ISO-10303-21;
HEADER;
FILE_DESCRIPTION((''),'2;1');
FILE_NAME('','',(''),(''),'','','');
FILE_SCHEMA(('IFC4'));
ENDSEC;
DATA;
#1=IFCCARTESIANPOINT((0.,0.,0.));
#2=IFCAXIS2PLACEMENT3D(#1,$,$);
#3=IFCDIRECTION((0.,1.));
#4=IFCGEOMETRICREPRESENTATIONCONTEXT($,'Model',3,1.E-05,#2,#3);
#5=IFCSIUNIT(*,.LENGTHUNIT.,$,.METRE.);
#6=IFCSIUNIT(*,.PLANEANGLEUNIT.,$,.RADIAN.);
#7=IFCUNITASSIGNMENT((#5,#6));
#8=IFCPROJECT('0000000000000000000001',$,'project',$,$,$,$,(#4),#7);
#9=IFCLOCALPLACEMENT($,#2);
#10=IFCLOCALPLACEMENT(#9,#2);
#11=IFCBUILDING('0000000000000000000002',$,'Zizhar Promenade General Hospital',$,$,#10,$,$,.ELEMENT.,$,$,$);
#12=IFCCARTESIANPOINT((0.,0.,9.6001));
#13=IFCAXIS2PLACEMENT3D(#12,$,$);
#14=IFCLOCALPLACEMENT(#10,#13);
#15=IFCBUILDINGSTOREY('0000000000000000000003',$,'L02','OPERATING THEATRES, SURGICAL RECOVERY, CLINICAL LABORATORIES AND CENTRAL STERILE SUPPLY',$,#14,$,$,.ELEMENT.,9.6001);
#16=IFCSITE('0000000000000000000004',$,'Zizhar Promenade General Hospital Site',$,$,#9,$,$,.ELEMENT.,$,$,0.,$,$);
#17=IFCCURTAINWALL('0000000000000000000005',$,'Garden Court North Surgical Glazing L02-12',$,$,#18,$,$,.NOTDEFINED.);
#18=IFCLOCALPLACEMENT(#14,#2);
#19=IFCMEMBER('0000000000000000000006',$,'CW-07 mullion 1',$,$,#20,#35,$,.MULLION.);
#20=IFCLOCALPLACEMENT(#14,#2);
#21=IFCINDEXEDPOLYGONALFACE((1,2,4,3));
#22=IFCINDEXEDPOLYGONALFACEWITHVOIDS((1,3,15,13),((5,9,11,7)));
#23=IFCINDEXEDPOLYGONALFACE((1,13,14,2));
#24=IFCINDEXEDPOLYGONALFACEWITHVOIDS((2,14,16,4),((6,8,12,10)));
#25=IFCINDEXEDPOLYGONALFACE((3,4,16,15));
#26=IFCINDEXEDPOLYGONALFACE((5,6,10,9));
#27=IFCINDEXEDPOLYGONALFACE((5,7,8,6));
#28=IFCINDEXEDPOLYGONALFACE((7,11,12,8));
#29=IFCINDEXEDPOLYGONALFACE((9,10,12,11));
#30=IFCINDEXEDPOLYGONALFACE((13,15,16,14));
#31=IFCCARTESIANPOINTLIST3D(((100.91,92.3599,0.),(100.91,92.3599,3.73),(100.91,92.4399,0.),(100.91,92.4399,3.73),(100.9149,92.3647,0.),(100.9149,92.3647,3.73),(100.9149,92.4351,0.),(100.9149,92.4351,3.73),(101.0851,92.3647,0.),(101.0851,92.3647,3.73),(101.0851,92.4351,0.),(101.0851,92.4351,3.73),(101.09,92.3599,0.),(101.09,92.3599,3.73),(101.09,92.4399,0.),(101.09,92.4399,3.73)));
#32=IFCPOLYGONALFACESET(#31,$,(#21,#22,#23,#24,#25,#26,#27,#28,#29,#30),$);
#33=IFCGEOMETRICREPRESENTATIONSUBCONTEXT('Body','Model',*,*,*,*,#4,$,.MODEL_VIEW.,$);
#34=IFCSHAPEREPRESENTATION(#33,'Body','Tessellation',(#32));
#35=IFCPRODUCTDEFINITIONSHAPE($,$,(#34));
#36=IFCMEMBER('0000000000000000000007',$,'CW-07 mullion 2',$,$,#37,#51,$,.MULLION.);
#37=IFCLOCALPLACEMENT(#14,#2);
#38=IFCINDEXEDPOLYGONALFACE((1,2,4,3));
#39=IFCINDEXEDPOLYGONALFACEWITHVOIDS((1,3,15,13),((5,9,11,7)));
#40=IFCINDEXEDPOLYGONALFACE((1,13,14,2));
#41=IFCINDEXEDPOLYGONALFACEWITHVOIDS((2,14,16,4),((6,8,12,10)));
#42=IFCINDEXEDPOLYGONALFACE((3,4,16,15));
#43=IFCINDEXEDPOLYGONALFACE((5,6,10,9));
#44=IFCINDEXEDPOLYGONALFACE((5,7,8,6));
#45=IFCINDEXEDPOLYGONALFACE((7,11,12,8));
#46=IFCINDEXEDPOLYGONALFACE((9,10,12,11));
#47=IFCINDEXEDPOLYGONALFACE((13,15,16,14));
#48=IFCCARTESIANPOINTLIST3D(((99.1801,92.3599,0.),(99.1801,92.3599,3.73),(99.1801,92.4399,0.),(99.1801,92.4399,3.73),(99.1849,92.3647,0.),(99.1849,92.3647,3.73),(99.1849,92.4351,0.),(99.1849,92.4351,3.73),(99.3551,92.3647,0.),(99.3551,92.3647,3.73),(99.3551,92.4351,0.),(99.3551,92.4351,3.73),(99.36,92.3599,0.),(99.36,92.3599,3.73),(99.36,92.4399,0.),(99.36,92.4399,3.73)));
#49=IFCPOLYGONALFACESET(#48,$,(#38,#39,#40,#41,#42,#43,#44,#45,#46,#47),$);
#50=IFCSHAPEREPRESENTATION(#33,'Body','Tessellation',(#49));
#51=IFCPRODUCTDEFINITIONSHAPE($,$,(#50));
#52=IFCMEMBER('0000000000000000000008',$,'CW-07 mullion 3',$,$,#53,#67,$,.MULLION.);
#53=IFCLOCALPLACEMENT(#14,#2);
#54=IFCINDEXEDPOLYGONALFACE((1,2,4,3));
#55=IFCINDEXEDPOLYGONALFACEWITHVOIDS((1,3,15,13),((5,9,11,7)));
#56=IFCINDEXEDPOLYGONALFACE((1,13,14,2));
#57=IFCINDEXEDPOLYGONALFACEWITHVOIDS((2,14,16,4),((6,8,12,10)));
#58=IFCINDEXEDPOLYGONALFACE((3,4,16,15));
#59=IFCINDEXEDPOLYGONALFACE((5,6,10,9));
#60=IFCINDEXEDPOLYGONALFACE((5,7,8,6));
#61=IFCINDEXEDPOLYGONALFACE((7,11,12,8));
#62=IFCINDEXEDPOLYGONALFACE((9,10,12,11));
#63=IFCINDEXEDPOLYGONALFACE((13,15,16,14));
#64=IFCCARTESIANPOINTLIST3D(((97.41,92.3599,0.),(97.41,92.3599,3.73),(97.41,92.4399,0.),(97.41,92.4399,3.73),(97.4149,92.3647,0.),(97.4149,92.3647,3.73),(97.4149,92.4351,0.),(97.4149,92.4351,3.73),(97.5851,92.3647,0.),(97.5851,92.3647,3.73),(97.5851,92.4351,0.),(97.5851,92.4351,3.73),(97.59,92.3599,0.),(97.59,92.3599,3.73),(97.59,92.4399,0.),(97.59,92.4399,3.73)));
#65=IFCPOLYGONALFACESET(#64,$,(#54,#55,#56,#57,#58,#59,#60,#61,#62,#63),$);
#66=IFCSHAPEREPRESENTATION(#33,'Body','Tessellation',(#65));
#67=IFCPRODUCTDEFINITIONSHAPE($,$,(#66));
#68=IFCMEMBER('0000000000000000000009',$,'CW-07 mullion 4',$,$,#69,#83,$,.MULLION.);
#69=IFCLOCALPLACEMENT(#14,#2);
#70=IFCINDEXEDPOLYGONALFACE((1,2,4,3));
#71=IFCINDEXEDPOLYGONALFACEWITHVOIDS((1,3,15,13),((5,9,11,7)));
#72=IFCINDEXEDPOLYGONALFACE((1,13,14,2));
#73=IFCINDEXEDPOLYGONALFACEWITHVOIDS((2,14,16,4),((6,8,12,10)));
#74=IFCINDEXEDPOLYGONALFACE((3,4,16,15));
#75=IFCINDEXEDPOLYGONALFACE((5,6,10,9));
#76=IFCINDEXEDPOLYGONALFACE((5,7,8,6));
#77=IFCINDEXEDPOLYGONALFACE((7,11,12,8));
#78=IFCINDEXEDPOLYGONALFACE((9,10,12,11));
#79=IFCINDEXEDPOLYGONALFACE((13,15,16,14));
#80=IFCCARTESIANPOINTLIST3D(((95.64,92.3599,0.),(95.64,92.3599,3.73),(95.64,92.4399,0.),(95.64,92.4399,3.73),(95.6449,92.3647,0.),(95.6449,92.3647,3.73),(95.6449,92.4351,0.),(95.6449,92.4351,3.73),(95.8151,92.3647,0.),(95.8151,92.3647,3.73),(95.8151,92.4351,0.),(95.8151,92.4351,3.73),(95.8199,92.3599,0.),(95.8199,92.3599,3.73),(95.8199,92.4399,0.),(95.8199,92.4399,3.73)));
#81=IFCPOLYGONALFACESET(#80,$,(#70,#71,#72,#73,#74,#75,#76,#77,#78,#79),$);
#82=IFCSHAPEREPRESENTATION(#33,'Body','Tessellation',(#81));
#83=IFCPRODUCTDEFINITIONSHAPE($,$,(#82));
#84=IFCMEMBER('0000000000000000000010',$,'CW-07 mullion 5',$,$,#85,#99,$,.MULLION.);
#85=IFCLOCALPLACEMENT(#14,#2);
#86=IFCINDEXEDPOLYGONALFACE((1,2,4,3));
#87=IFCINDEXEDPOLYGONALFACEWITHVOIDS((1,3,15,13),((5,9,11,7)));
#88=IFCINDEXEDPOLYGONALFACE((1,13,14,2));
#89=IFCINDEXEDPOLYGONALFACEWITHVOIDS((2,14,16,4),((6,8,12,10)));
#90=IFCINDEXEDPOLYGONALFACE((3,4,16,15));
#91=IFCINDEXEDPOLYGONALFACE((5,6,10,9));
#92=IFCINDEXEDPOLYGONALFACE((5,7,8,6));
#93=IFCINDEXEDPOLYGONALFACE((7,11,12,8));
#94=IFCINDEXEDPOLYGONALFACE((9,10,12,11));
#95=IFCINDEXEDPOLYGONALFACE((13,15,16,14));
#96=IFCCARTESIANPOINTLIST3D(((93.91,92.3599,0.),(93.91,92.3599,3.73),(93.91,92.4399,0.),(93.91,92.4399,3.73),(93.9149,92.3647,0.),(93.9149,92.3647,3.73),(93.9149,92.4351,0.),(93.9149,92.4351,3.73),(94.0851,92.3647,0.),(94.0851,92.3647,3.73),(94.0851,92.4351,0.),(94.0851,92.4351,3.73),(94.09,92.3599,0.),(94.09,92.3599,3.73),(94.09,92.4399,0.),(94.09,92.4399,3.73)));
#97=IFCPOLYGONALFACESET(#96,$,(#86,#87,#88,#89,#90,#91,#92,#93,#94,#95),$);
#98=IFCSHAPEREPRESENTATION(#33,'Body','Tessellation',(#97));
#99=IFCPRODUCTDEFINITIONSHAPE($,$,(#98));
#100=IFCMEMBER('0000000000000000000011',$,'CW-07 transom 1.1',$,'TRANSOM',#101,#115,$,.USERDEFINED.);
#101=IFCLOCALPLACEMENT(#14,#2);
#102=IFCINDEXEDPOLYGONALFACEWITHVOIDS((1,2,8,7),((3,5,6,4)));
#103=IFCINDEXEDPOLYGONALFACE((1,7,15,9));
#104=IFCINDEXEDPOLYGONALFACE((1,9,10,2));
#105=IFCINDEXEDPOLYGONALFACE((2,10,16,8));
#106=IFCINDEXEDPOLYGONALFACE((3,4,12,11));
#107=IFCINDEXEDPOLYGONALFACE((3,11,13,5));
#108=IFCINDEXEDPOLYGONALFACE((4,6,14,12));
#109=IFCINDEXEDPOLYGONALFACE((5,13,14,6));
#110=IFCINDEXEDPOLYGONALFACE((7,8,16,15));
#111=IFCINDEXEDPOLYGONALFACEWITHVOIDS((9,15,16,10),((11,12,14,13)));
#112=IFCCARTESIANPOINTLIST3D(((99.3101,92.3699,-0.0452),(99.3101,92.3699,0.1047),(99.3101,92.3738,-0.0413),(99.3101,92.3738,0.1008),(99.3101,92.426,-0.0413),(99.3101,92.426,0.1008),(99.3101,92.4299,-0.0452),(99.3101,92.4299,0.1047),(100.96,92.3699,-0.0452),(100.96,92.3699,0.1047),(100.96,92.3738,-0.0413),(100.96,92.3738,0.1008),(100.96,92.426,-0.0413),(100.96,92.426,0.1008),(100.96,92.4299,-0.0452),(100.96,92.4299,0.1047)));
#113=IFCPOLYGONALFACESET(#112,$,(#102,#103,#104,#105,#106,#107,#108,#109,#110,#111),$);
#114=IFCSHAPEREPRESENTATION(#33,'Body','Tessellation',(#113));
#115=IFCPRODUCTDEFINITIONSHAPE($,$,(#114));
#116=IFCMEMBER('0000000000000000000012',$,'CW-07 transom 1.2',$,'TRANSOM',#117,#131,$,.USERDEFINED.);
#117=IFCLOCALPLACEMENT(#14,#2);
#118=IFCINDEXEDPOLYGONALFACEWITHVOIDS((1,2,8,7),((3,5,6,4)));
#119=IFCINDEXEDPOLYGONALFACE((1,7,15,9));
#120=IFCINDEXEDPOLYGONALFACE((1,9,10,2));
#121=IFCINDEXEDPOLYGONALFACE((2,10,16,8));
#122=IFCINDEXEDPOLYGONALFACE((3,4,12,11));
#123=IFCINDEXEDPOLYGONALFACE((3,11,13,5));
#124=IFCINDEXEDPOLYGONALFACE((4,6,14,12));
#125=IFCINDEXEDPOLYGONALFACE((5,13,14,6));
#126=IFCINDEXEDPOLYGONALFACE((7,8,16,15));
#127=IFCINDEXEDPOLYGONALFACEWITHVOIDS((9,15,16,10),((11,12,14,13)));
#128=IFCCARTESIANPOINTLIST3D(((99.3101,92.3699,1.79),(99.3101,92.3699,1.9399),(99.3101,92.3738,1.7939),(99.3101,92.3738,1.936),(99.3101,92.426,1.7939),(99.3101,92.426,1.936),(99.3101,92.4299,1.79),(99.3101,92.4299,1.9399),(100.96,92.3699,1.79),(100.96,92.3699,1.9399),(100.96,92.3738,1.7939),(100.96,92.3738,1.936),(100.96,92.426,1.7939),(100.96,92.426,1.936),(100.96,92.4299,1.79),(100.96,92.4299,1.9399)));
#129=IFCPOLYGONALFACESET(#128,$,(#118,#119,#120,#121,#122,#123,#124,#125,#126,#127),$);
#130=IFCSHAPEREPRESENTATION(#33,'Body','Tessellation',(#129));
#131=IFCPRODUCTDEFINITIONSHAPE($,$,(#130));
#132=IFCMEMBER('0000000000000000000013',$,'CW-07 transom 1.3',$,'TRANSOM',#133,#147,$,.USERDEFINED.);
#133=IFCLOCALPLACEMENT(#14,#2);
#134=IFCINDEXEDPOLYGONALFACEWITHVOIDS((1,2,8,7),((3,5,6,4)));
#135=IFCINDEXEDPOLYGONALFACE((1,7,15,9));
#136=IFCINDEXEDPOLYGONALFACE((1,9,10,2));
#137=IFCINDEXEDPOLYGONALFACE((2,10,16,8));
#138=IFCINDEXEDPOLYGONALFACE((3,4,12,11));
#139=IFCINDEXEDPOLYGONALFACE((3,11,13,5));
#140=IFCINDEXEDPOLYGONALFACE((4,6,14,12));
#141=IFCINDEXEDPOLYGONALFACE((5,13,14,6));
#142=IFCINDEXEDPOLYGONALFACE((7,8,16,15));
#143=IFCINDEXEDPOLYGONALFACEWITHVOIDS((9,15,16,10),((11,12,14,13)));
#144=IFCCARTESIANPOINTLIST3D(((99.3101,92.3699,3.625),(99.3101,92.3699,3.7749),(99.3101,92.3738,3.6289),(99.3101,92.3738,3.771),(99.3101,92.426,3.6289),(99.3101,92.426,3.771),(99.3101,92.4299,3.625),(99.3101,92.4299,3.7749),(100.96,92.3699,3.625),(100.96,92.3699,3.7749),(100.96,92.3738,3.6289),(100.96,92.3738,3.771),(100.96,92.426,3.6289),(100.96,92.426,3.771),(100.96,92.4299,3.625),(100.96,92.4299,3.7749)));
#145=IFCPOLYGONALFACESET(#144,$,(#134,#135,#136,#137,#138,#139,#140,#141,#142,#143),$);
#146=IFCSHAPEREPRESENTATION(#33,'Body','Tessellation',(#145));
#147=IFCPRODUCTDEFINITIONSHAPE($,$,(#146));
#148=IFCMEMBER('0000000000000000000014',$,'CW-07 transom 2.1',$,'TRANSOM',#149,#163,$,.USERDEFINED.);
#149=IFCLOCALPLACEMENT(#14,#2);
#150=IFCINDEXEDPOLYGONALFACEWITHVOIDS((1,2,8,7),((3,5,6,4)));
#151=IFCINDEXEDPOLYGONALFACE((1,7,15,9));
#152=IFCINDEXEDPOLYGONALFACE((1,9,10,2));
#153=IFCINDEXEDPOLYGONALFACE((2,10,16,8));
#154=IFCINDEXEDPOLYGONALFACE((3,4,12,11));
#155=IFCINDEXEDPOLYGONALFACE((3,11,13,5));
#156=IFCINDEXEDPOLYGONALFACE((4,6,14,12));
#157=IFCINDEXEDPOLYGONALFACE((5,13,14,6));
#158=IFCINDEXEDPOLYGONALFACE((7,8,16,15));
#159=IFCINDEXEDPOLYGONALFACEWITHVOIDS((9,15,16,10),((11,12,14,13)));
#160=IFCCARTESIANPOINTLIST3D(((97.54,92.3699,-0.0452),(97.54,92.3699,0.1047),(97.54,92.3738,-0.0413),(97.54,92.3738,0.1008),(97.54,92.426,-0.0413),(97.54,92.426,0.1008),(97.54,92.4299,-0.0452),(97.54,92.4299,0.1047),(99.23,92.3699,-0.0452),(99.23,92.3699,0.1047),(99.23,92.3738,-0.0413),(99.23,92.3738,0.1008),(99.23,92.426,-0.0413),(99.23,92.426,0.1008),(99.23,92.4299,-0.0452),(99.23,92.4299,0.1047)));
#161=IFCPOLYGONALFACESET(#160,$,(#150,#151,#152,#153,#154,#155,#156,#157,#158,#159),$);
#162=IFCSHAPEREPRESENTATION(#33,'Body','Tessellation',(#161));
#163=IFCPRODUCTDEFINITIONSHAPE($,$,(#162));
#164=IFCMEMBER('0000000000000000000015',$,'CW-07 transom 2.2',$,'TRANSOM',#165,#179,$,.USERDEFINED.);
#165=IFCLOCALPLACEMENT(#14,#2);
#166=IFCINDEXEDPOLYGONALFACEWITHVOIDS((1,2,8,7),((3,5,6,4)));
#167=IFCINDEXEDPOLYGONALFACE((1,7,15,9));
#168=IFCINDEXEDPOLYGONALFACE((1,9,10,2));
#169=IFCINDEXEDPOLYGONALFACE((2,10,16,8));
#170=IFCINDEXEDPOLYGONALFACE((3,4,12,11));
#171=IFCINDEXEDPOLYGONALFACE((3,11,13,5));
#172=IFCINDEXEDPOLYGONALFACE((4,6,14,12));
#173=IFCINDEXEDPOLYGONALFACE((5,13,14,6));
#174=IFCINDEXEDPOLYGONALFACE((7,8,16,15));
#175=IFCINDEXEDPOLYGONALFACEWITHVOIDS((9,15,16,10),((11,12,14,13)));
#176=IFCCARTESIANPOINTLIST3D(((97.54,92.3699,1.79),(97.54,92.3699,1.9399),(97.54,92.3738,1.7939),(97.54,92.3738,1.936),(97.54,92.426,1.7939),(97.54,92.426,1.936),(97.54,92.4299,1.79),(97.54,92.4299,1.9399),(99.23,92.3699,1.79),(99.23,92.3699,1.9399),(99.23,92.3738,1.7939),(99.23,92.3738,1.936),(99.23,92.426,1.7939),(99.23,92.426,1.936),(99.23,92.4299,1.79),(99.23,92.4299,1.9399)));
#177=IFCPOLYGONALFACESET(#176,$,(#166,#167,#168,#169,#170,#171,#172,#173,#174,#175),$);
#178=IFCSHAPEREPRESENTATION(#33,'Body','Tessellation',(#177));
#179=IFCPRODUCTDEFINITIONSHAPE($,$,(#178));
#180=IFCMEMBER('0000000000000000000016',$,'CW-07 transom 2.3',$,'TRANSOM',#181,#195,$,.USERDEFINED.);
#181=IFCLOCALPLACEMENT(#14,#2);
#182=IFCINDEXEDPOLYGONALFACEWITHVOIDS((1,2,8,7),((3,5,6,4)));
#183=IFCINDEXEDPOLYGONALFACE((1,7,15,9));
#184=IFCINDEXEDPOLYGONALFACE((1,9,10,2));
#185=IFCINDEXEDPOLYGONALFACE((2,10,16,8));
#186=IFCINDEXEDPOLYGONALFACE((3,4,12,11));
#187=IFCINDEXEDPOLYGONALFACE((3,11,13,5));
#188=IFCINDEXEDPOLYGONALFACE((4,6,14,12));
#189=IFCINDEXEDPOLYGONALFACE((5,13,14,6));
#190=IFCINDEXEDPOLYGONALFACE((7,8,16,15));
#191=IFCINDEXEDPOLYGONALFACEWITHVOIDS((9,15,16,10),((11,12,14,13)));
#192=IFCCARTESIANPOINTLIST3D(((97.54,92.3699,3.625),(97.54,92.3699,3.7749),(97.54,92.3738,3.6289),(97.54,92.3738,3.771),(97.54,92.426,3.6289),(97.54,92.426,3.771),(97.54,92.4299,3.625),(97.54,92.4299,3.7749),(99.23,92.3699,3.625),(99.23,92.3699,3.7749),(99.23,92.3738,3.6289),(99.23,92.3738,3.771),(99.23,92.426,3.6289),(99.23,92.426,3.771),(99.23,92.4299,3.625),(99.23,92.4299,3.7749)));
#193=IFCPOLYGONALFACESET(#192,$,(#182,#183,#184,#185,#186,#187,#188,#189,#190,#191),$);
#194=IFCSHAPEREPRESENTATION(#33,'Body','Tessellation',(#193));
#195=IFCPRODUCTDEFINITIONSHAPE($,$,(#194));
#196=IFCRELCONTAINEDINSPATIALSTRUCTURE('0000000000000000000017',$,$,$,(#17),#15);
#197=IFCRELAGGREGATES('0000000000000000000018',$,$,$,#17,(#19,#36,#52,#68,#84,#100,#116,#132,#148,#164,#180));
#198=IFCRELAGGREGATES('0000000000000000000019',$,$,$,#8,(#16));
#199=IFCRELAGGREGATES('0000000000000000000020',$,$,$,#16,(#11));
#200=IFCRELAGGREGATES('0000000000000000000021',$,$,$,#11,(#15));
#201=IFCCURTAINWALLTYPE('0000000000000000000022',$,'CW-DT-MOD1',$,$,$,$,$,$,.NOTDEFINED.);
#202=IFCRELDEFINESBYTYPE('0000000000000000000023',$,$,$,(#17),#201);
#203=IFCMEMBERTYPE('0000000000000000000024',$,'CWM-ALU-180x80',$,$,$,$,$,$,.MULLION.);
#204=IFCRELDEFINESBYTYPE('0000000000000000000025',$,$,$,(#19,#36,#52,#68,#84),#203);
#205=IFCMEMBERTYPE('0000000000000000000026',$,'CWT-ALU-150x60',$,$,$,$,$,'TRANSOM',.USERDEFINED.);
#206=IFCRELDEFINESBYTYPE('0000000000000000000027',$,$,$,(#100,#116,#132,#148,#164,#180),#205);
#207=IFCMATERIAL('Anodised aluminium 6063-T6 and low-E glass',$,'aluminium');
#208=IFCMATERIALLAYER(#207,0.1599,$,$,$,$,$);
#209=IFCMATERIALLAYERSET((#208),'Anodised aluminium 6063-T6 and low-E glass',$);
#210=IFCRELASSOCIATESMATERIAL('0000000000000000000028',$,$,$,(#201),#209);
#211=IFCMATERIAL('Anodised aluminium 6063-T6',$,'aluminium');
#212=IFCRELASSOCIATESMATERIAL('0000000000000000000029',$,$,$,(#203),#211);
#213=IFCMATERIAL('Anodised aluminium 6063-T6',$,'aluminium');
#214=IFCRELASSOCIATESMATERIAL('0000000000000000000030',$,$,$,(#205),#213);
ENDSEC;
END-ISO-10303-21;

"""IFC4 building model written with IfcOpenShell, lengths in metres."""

from ifc_helpers import new_model, si_unit, direction, frame, origin, origin_2d, place, context, subcontext, project, spatial, hollow_rectangle, extrude, material, layer, layer_set, material_profile, profile_set, type_object, element, aggregate, save


model = new_model("IFC4")

# Units and contexts
model_context = context("Model", 3, precision=1e-05, world=origin(), true_north=direction((0.0, 1.0)))
body_context = subcontext(model_context, "Body", "Model", "MODEL_VIEW")
ifc_project = project(units=[si_unit("LENGTHUNIT", "METRE"), si_unit("PLANEANGLEUNIT", "RADIAN")], contexts=[model_context])

# Site, building, storey
site_placement = place(None, origin())
site = spatial("IfcSite", under=ifc_project, at=site_placement, Name="Zizhar Promenade General Hospital Site", CompositionType="ELEMENT", RefElevation=0.0)
building_placement = place(site_placement, origin())
building = spatial("IfcBuilding", under=site, at=building_placement, Name="Zizhar Promenade General Hospital", CompositionType="ELEMENT")
storey_placement = place(building_placement, frame((0.0, 0.0, 9.6001)))
storey = spatial("IfcBuildingStorey", under=building, at=storey_placement, Name="L02", Description="OPERATING THEATRES, SURGICAL RECOVERY, CLINICAL LABORATORIES AND CENTRAL STERILE SUPPLY", CompositionType="ELEMENT", Elevation=9.6001)

# Curtain wall, members
ifc_material_1 = material(Name="Anodised aluminium 6063-T6 and low-E glass", Category="aluminium")
ifc_layer_1 = layer(ifc_material_1, 0.1599)
ifc_layer_set_1 = layer_set([ifc_layer_1], Name="Anodised aluminium 6063-T6 and low-E glass")
curtain_wall_type = type_object("IfcCurtainWallType", Name="CW-DT-MOD1", PredefinedType="NOTDEFINED", material=ifc_layer_set_1)
curtain_wall_placement = place(storey_placement, origin())
curtain_wall = element("IfcCurtainWall", 1, at=curtain_wall_placement, inside=storey, type_object=curtain_wall_type, Name="Garden Court North Surgical Glazing L02-12", PredefinedType="NOTDEFINED")
ifc_material_2 = material(Name="Anodised aluminium 6063-T6", Category="aluminium")
ifc_material_profile_1 = material_profile(ifc_material_2, hollow_rectangle(XDim=0.0801, YDim=0.1799, WallThickness=0.0049, at=origin_2d()))
ifc_profile_set_1 = profile_set([ifc_material_profile_1], Name="Anodised aluminium 6063-T6")
member_type_1 = type_object("IfcMemberType", Name="CWM-ALU-180x80", PredefinedType="MULLION", material=ifc_profile_set_1)
member_1_placement = place(storey_placement, frame((101.0, 92.3999, 0.0), z_axis=(0.0, 0.0, 1.0), x_axis=(0.0, -1.0, 0.0)))
member_1 = element("IfcMember", 2, at=member_1_placement, type_object=member_type_1, Name="CW-07 mullion 1", PredefinedType="MULLION", context=body_context, shape_type="SweptSolid", body=[
    extrude(hollow_rectangle(XDim=0.0801, YDim=0.1799, WallThickness=0.0049, at=origin_2d()), origin(), (0.0, 0.0, 1.0), 3.73),
])
member_2_placement = place(storey_placement, frame((99.27, 92.3999, 0.0), z_axis=(0.0, 0.0, 1.0), x_axis=(0.0, -1.0, 0.0)))
member_2 = element("IfcMember", 3, at=member_2_placement, type_object=member_type_1, Name="CW-07 mullion 2", PredefinedType="MULLION", context=body_context, shape_type="SweptSolid", body=[
    extrude(hollow_rectangle(XDim=0.0801, YDim=0.1799, WallThickness=0.0049, at=origin_2d()), origin(), (0.0, 0.0, 1.0), 3.73),
])
member_3_placement = place(storey_placement, frame((97.5, 92.3999, 0.0), z_axis=(0.0, 0.0, 1.0), x_axis=(0.0, -1.0, 0.0)))
member_3 = element("IfcMember", 4, at=member_3_placement, type_object=member_type_1, Name="CW-07 mullion 3", PredefinedType="MULLION", context=body_context, shape_type="SweptSolid", body=[
    extrude(hollow_rectangle(XDim=0.0801, YDim=0.1799, WallThickness=0.0049, at=origin_2d()), origin(), (0.0, 0.0, 1.0), 3.73),
])
member_4_placement = place(storey_placement, frame((95.73, 92.3999, 0.0), z_axis=(0.0, 0.0, 1.0), x_axis=(0.0, -1.0, 0.0)))
member_4 = element("IfcMember", 5, at=member_4_placement, type_object=member_type_1, Name="CW-07 mullion 4", PredefinedType="MULLION", context=body_context, shape_type="SweptSolid", body=[
    extrude(hollow_rectangle(XDim=0.0801, YDim=0.1799, WallThickness=0.0049, at=origin_2d()), origin(), (0.0, 0.0, 1.0), 3.73),
])
member_5_placement = place(storey_placement, frame((94.0, 92.3999, 0.0), z_axis=(0.0, 0.0, 1.0), x_axis=(0.0, -1.0, 0.0)))
member_5 = element("IfcMember", 6, at=member_5_placement, type_object=member_type_1, Name="CW-07 mullion 5", PredefinedType="MULLION", context=body_context, shape_type="SweptSolid", body=[
    extrude(hollow_rectangle(XDim=0.0801, YDim=0.1799, WallThickness=0.0049, at=origin_2d()), origin(), (0.0, 0.0, 1.0), 3.73),
])
ifc_material_3 = material(Name="Anodised aluminium 6063-T6", Category="aluminium")
ifc_material_profile_2 = material_profile(ifc_material_3, hollow_rectangle(XDim=0.0601, YDim=0.1499, WallThickness=0.0039, at=origin_2d()))
ifc_profile_set_2 = profile_set([ifc_material_profile_2], Name="Anodised aluminium 6063-T6")
member_type_2 = type_object("IfcMemberType", Name="CWT-ALU-150x60", ElementType="TRANSOM", PredefinedType="USERDEFINED", material=ifc_profile_set_2)
member_6_placement = place(storey_placement, frame((100.96, 92.3999, 0.0298), z_axis=(-1.0, 0.0, 0.0), x_axis=(0.0, -1.0, 0.0)))
member_6 = element("IfcMember", 7, at=member_6_placement, type_object=member_type_2, Name="CW-07 transom 1.1", ObjectType="TRANSOM", PredefinedType="USERDEFINED", context=body_context, shape_type="SweptSolid", body=[
    extrude(hollow_rectangle(XDim=0.0601, YDim=0.1499, WallThickness=0.0039, at=origin_2d()), origin(), (0.0, 0.0, 1.0), 1.6499),
])
member_7_placement = place(storey_placement, frame((100.96, 92.3999, 1.865), z_axis=(-1.0, 0.0, 0.0), x_axis=(0.0, -1.0, 0.0)))
member_7 = element("IfcMember", 8, at=member_7_placement, type_object=member_type_2, Name="CW-07 transom 1.2", ObjectType="TRANSOM", PredefinedType="USERDEFINED", context=body_context, shape_type="SweptSolid", body=[
    extrude(hollow_rectangle(XDim=0.0601, YDim=0.1499, WallThickness=0.0039, at=origin_2d()), origin(), (0.0, 0.0, 1.0), 1.6499),
])
member_8_placement = place(storey_placement, frame((100.96, 92.3999, 3.7), z_axis=(-1.0, 0.0, 0.0), x_axis=(0.0, -1.0, 0.0)))
member_8 = element("IfcMember", 9, at=member_8_placement, type_object=member_type_2, Name="CW-07 transom 1.3", ObjectType="TRANSOM", PredefinedType="USERDEFINED", context=body_context, shape_type="SweptSolid", body=[
    extrude(hollow_rectangle(XDim=0.0601, YDim=0.1499, WallThickness=0.0039, at=origin_2d()), origin(), (0.0, 0.0, 1.0), 1.6499),
])
member_9_placement = place(storey_placement, frame((99.23, 92.3999, 0.0298), z_axis=(-1.0, 0.0, 0.0), x_axis=(0.0, -1.0, 0.0)))
member_9 = element("IfcMember", 10, at=member_9_placement, type_object=member_type_2, Name="CW-07 transom 2.1", ObjectType="TRANSOM", PredefinedType="USERDEFINED", context=body_context, shape_type="SweptSolid", body=[
    extrude(hollow_rectangle(XDim=0.0601, YDim=0.1499, WallThickness=0.0039, at=origin_2d()), origin(), (0.0, 0.0, 1.0), 1.6899),
])
member_10_placement = place(storey_placement, frame((99.23, 92.3999, 1.865), z_axis=(-1.0, 0.0, 0.0), x_axis=(0.0, -1.0, 0.0)))
member_10 = element("IfcMember", 11, at=member_10_placement, type_object=member_type_2, Name="CW-07 transom 2.2", ObjectType="TRANSOM", PredefinedType="USERDEFINED", context=body_context, shape_type="SweptSolid", body=[
    extrude(hollow_rectangle(XDim=0.0601, YDim=0.1499, WallThickness=0.0039, at=origin_2d()), origin(), (0.0, 0.0, 1.0), 1.6899),
])
member_11_placement = place(storey_placement, frame((99.23, 92.3999, 3.7), z_axis=(-1.0, 0.0, 0.0), x_axis=(0.0, -1.0, 0.0)))
member_11 = element("IfcMember", 12, at=member_11_placement, type_object=member_type_2, Name="CW-07 transom 2.3", ObjectType="TRANSOM", PredefinedType="USERDEFINED", context=body_context, shape_type="SweptSolid", body=[
    extrude(hollow_rectangle(XDim=0.0601, YDim=0.1499, WallThickness=0.0039, at=origin_2d()), origin(), (0.0, 0.0, 1.0), 1.6899),
])
aggregate(curtain_wall, [member_1, member_2, member_3, member_4, member_5, member_6, member_7, member_8, member_9, member_10, member_11])

save(model, "model.ifc")
